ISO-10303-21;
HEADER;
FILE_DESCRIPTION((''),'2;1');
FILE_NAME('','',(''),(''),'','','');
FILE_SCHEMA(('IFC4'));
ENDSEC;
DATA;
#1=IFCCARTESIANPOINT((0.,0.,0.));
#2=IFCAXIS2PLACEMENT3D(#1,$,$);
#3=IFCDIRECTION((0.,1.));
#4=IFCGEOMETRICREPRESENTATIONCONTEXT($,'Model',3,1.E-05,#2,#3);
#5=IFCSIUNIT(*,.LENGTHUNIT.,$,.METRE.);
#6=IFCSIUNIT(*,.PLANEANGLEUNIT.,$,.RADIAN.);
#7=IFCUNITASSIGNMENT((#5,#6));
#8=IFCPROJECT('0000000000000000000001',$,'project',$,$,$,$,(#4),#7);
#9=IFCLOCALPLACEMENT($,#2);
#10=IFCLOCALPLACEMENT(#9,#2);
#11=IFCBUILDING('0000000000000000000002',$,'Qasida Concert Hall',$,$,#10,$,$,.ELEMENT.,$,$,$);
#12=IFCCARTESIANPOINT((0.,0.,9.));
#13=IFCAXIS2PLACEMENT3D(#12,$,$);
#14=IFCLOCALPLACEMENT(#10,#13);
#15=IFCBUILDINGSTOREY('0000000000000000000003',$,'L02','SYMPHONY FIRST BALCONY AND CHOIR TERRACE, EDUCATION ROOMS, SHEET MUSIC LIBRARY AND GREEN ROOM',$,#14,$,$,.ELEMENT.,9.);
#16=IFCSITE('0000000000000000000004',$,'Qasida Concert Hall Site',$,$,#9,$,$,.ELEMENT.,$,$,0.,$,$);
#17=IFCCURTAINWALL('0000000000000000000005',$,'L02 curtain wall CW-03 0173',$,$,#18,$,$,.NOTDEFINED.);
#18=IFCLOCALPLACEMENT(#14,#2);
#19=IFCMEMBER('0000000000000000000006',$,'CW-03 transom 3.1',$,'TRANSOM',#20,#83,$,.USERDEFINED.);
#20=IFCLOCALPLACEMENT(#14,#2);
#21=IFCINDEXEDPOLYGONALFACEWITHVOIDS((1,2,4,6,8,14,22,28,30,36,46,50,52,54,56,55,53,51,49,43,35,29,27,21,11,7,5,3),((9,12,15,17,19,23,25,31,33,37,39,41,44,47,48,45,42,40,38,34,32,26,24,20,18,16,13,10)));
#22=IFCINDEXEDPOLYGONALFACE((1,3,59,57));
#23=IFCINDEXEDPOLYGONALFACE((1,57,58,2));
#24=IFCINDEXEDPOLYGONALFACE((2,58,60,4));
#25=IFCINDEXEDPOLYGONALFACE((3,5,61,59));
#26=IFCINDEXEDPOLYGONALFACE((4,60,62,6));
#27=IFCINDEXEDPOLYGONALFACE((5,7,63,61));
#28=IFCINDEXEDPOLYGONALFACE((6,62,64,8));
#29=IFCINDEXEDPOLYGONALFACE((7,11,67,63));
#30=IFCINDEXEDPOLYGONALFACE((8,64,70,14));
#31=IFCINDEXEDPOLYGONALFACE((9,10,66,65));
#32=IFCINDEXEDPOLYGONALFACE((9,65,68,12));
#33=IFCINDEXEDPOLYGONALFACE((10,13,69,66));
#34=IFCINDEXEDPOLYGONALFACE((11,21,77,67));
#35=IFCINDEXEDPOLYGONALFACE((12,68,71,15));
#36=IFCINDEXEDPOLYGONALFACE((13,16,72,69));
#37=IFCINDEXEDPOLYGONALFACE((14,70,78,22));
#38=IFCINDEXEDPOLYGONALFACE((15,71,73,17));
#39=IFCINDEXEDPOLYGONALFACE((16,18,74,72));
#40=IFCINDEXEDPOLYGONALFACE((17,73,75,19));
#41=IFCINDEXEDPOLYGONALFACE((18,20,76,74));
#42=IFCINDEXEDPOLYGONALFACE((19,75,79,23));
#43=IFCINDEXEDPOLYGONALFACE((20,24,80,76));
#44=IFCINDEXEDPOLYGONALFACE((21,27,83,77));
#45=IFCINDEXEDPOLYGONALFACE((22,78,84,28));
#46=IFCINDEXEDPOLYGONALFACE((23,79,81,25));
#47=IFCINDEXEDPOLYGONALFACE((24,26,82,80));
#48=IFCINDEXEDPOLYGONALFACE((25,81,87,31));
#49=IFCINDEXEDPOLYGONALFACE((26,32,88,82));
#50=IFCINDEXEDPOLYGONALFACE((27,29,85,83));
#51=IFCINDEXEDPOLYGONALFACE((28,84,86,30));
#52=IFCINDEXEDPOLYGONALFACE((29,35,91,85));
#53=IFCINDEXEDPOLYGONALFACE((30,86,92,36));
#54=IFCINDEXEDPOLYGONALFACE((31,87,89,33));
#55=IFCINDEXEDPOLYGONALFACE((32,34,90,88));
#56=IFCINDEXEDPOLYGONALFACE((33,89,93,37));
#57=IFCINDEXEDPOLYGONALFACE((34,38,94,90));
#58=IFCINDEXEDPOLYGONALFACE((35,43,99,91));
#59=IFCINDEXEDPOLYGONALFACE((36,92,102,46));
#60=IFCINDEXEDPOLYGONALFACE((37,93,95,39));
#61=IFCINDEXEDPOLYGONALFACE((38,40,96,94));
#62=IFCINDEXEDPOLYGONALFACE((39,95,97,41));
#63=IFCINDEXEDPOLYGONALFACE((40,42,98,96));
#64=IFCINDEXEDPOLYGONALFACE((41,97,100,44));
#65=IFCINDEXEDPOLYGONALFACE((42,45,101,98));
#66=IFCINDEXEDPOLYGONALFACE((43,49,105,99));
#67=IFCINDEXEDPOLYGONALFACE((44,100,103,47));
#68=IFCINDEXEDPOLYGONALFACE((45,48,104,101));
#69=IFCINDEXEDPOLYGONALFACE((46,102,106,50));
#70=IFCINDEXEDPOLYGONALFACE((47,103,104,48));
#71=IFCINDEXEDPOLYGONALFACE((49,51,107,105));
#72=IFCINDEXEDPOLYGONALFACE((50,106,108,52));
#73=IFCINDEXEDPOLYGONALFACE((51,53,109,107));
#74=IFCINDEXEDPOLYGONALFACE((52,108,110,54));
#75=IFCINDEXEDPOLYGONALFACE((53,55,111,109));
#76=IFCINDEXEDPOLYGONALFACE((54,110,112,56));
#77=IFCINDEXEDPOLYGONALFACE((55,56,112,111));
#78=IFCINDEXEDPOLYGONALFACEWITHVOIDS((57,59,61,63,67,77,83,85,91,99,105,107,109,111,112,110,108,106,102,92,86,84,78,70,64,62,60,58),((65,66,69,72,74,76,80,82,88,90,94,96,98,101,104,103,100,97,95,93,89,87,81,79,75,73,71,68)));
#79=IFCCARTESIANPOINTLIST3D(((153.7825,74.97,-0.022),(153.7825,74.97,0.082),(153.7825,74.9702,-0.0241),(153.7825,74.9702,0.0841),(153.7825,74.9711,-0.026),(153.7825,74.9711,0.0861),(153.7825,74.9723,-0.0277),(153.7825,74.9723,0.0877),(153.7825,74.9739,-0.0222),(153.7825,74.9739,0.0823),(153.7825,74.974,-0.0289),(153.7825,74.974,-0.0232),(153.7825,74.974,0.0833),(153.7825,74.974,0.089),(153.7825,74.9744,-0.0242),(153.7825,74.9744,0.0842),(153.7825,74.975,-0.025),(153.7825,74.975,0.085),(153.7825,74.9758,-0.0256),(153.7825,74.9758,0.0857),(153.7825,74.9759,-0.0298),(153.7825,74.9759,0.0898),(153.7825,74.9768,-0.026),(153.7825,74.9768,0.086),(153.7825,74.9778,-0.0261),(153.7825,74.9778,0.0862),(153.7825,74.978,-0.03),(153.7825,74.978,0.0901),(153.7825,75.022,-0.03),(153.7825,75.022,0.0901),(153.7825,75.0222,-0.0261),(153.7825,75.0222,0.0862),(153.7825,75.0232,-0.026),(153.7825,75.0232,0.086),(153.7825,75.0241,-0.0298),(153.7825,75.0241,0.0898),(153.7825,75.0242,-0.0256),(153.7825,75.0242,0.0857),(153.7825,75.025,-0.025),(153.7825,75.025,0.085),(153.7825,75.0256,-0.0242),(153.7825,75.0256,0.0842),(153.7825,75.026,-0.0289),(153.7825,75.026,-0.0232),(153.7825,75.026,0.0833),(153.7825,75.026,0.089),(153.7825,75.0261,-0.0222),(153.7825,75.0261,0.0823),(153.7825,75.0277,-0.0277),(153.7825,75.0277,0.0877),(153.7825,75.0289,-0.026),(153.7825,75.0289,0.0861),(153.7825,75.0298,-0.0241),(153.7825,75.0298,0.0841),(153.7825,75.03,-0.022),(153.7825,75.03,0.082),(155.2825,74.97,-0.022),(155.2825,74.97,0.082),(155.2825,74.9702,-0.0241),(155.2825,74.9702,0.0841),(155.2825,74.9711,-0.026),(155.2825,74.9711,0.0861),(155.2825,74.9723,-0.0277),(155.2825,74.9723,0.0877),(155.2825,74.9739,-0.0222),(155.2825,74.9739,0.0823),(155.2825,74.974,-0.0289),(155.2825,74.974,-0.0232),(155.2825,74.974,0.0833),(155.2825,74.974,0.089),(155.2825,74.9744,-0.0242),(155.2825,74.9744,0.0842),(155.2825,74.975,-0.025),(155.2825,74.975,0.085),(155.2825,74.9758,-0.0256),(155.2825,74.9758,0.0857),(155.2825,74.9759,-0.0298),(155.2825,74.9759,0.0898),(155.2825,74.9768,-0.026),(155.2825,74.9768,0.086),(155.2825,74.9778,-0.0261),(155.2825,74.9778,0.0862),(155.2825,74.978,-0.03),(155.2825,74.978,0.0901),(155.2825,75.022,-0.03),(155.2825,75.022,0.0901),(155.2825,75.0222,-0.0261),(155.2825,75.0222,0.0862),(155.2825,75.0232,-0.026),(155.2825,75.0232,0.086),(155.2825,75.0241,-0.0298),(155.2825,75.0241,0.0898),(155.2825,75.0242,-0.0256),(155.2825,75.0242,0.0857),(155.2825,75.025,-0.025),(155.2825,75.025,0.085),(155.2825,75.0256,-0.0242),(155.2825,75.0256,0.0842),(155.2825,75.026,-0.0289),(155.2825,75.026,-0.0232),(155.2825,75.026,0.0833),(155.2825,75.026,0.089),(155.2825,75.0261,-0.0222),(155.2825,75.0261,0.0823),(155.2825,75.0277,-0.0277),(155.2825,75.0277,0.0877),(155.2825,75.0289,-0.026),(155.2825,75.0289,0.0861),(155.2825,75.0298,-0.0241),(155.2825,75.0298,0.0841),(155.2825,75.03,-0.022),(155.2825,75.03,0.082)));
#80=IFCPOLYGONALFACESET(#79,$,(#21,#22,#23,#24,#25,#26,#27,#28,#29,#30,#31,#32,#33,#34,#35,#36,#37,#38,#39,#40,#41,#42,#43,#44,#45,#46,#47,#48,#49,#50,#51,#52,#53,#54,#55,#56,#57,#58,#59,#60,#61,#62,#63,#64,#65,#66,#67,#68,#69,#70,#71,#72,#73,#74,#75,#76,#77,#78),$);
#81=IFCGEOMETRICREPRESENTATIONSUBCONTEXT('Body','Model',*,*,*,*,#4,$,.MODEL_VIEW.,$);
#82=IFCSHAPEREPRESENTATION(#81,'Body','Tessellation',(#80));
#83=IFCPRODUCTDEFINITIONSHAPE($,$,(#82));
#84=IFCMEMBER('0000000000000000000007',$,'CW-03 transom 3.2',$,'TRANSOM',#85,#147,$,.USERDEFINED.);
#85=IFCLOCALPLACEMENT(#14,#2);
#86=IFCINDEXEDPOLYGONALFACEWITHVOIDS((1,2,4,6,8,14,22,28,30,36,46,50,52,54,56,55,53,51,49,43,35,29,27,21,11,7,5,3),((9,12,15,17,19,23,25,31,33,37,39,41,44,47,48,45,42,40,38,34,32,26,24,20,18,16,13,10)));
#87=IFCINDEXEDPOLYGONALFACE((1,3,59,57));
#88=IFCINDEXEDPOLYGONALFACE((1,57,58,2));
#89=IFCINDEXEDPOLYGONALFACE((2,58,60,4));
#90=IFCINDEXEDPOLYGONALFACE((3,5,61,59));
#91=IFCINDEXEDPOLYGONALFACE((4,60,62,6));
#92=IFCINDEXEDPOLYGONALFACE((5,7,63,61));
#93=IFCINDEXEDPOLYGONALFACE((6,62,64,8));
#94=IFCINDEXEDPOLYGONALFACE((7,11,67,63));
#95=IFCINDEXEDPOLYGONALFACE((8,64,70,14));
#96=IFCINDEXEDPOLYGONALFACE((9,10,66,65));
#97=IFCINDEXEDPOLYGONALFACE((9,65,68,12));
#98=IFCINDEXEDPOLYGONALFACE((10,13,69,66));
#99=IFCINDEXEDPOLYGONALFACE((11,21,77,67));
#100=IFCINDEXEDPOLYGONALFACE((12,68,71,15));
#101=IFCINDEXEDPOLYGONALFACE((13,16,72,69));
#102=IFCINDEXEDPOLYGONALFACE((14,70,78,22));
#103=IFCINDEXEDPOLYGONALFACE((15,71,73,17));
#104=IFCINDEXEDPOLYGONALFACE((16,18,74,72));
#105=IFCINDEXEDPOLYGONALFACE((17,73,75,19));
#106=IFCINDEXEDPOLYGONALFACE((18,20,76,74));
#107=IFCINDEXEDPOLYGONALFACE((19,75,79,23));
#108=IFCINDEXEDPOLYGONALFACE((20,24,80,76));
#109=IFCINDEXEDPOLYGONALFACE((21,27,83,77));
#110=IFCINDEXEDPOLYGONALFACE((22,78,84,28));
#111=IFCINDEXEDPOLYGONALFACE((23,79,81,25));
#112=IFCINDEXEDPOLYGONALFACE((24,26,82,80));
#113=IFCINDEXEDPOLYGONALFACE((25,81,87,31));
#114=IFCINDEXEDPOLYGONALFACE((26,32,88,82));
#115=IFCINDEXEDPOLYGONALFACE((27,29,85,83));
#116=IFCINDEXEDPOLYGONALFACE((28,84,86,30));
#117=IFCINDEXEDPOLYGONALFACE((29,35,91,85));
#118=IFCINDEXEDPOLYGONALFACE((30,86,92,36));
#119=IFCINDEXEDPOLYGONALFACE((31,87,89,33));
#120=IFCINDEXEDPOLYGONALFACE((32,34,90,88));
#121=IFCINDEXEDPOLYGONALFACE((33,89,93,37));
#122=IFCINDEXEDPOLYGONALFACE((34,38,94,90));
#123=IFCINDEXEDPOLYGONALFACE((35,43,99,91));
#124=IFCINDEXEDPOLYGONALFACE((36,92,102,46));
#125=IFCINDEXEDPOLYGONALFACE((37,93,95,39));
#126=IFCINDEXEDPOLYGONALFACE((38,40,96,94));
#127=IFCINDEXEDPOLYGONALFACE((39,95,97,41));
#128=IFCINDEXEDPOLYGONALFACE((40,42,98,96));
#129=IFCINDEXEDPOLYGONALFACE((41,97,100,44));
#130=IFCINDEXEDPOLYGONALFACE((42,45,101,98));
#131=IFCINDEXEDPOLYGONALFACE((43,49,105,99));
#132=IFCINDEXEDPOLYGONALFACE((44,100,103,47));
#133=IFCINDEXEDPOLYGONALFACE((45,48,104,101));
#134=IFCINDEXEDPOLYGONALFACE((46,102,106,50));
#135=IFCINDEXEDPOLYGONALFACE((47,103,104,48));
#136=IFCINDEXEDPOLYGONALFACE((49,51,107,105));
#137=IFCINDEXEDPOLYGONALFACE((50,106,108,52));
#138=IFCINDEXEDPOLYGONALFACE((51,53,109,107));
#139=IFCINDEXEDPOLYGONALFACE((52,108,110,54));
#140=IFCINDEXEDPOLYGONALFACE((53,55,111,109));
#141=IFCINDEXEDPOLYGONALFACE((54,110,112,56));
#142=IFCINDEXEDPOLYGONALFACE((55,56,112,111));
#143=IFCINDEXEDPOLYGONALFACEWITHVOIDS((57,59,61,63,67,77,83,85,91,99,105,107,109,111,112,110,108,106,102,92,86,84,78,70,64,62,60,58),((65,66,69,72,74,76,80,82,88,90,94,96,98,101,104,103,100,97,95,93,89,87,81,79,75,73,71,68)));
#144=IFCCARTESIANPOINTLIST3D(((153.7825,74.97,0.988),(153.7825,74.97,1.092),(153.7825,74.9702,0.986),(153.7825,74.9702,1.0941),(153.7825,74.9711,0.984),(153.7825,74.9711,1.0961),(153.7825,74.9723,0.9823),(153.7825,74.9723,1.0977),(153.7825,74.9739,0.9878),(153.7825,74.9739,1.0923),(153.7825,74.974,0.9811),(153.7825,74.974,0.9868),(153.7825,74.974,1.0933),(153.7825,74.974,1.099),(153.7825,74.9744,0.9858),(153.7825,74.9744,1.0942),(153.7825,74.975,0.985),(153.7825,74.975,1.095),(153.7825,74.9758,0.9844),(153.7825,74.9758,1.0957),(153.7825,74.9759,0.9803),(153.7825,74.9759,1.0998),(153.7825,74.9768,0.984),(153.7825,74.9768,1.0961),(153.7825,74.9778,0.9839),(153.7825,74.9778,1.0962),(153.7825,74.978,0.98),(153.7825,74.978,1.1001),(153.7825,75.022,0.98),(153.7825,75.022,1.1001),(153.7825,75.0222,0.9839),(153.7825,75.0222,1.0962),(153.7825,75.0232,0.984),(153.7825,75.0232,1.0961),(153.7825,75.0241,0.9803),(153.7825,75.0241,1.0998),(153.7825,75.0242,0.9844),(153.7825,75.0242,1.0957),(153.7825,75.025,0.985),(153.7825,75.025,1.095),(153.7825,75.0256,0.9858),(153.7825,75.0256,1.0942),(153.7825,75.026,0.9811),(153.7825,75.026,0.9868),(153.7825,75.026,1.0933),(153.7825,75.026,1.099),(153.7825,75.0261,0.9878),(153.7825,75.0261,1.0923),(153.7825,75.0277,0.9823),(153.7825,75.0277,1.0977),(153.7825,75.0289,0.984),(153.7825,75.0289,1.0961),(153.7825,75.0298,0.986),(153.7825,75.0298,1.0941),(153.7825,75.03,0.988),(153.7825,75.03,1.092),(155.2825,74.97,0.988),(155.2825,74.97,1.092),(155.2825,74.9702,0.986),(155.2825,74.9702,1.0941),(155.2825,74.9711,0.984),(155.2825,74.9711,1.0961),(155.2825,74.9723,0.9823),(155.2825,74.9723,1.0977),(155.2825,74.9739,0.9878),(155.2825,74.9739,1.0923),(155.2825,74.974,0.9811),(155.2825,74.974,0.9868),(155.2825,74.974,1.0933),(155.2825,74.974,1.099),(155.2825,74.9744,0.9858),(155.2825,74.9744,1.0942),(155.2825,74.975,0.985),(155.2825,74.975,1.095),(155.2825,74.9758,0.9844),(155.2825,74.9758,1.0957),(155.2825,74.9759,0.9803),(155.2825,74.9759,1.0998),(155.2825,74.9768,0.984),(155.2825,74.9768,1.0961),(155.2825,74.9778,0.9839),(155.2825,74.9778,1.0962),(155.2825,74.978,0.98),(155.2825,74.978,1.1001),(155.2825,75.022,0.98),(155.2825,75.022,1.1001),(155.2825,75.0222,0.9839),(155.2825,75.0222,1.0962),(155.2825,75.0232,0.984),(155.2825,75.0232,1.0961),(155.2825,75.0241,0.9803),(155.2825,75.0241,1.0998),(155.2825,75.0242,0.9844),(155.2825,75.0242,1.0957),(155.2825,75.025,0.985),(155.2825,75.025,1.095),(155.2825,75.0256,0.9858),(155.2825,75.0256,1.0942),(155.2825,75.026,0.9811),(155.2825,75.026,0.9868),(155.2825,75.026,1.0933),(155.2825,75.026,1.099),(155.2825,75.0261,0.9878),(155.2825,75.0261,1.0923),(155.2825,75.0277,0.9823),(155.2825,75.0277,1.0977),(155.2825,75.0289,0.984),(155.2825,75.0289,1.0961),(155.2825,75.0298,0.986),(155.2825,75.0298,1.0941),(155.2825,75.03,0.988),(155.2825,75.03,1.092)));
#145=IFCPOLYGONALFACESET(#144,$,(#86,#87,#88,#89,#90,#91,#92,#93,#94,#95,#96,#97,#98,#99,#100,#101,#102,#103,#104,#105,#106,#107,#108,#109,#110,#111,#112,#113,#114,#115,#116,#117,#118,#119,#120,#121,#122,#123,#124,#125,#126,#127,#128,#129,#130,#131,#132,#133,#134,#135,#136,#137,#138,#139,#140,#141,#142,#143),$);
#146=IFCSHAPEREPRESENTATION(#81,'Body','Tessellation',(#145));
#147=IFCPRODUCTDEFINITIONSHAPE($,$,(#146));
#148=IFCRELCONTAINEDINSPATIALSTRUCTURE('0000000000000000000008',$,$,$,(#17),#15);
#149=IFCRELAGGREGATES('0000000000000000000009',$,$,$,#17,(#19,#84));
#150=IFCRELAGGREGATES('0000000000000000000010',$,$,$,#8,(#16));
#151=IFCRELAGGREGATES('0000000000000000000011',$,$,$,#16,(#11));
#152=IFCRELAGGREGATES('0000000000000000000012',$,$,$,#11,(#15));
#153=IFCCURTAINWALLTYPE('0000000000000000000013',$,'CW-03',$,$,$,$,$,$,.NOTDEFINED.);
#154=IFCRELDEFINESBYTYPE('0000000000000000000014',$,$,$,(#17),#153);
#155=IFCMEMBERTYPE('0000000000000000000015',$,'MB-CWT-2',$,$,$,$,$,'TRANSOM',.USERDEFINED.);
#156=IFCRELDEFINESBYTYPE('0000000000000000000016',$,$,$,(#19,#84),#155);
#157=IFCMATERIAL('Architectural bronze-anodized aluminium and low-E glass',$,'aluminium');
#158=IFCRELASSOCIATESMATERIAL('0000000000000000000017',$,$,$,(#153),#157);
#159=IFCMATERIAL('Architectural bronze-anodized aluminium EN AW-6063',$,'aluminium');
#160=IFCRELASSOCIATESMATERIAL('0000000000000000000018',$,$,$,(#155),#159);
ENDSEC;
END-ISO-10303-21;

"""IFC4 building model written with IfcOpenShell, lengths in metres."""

from ifc_helpers import new_model, si_unit, direction, frame, origin, origin_2d, place, context, subcontext, project, spatial, hollow_rectangle, extrude, material, material_profile, profile_set, type_object, element, aggregate, save


model = new_model("IFC4")

# Units and contexts
model_context = context("Model", 3, precision=1e-05, world=origin(), true_north=direction((0.0, 1.0)))
body_context = subcontext(model_context, "Body", "Model", "MODEL_VIEW")
ifc_project = project(units=[si_unit("LENGTHUNIT", "METRE"), si_unit("PLANEANGLEUNIT", "RADIAN")], contexts=[model_context])

# Site, building, storey
site_placement = place(None, origin())
site = spatial("IfcSite", under=ifc_project, at=site_placement, Name="Qasida Concert Hall Site", CompositionType="ELEMENT", RefElevation=0.0)
building_placement = place(site_placement, origin())
building = spatial("IfcBuilding", under=site, at=building_placement, Name="Qasida Concert Hall", CompositionType="ELEMENT")
storey_placement = place(building_placement, frame((0.0, 0.0, 9.0)))
storey = spatial("IfcBuildingStorey", under=building, at=storey_placement, Name="L02", Description="SYMPHONY FIRST BALCONY AND CHOIR TERRACE, EDUCATION ROOMS, SHEET MUSIC LIBRARY AND GREEN ROOM", CompositionType="ELEMENT", Elevation=9.0)

# Curtain wall, members
ifc_material_1 = material(Name="Architectural bronze-anodized aluminium and low-E glass", Category="aluminium")
curtain_wall_type = type_object("IfcCurtainWallType", Name="CW-03", PredefinedType="NOTDEFINED", material=ifc_material_1)
curtain_wall_placement = place(storey_placement, origin())
curtain_wall = element("IfcCurtainWall", 1, at=curtain_wall_placement, inside=storey, type_object=curtain_wall_type, Name="L02 curtain wall CW-03 0173", PredefinedType="NOTDEFINED")
ifc_material_2 = material(Name="Architectural bronze-anodized aluminium EN AW-6063", Category="aluminium")
ifc_material_profile_1 = material_profile(ifc_material_2, hollow_rectangle(XDim=0.0601, YDim=0.1201, WallThickness=0.0039, InnerFilletRadius=0.0039, OuterFilletRadius=0.0081, at=origin_2d()), Name="CWT 120x60x4")
ifc_profile_set_1 = profile_set([ifc_material_profile_1], Name="Architectural bronze-anodized aluminium EN AW-6063")
member_type_1 = type_object("IfcMemberType", Name="MB-CWT-2", ElementType="TRANSOM", PredefinedType="USERDEFINED", material=ifc_profile_set_1)
member_1_placement = place(storey_placement, frame((153.7825, 75.0, 0.03), z_axis=(1.0, 0.0, 0.0), x_axis=(0.0, 1.0, 0.0)))
member_1 = element("IfcMember", 2, at=member_1_placement, type_object=member_type_1, Name="CW-03 transom 3.1", ObjectType="TRANSOM", PredefinedType="USERDEFINED", context=body_context, shape_type="SweptSolid", body=[
    extrude(hollow_rectangle(XDim=0.0601, YDim=0.1201, WallThickness=0.0039, InnerFilletRadius=0.0039, OuterFilletRadius=0.0081, at=origin_2d()), origin(), (0.0, 0.0, 1.0), 1.5),
])
member_2_placement = place(storey_placement, frame((153.7825, 75.0, 1.04), z_axis=(1.0, 0.0, 0.0), x_axis=(0.0, 1.0, 0.0)))
member_2 = element("IfcMember", 3, at=member_2_placement, type_object=member_type_1, Name="CW-03 transom 3.2", ObjectType="TRANSOM", PredefinedType="USERDEFINED", context=body_context, shape_type="SweptSolid", body=[
    extrude(hollow_rectangle(XDim=0.0601, YDim=0.1201, WallThickness=0.0039, InnerFilletRadius=0.0039, OuterFilletRadius=0.0081, at=origin_2d()), origin(), (0.0, 0.0, 1.0), 1.5),
])
aggregate(curtain_wall, [member_1, member_2])

save(model, "model.ifc")
